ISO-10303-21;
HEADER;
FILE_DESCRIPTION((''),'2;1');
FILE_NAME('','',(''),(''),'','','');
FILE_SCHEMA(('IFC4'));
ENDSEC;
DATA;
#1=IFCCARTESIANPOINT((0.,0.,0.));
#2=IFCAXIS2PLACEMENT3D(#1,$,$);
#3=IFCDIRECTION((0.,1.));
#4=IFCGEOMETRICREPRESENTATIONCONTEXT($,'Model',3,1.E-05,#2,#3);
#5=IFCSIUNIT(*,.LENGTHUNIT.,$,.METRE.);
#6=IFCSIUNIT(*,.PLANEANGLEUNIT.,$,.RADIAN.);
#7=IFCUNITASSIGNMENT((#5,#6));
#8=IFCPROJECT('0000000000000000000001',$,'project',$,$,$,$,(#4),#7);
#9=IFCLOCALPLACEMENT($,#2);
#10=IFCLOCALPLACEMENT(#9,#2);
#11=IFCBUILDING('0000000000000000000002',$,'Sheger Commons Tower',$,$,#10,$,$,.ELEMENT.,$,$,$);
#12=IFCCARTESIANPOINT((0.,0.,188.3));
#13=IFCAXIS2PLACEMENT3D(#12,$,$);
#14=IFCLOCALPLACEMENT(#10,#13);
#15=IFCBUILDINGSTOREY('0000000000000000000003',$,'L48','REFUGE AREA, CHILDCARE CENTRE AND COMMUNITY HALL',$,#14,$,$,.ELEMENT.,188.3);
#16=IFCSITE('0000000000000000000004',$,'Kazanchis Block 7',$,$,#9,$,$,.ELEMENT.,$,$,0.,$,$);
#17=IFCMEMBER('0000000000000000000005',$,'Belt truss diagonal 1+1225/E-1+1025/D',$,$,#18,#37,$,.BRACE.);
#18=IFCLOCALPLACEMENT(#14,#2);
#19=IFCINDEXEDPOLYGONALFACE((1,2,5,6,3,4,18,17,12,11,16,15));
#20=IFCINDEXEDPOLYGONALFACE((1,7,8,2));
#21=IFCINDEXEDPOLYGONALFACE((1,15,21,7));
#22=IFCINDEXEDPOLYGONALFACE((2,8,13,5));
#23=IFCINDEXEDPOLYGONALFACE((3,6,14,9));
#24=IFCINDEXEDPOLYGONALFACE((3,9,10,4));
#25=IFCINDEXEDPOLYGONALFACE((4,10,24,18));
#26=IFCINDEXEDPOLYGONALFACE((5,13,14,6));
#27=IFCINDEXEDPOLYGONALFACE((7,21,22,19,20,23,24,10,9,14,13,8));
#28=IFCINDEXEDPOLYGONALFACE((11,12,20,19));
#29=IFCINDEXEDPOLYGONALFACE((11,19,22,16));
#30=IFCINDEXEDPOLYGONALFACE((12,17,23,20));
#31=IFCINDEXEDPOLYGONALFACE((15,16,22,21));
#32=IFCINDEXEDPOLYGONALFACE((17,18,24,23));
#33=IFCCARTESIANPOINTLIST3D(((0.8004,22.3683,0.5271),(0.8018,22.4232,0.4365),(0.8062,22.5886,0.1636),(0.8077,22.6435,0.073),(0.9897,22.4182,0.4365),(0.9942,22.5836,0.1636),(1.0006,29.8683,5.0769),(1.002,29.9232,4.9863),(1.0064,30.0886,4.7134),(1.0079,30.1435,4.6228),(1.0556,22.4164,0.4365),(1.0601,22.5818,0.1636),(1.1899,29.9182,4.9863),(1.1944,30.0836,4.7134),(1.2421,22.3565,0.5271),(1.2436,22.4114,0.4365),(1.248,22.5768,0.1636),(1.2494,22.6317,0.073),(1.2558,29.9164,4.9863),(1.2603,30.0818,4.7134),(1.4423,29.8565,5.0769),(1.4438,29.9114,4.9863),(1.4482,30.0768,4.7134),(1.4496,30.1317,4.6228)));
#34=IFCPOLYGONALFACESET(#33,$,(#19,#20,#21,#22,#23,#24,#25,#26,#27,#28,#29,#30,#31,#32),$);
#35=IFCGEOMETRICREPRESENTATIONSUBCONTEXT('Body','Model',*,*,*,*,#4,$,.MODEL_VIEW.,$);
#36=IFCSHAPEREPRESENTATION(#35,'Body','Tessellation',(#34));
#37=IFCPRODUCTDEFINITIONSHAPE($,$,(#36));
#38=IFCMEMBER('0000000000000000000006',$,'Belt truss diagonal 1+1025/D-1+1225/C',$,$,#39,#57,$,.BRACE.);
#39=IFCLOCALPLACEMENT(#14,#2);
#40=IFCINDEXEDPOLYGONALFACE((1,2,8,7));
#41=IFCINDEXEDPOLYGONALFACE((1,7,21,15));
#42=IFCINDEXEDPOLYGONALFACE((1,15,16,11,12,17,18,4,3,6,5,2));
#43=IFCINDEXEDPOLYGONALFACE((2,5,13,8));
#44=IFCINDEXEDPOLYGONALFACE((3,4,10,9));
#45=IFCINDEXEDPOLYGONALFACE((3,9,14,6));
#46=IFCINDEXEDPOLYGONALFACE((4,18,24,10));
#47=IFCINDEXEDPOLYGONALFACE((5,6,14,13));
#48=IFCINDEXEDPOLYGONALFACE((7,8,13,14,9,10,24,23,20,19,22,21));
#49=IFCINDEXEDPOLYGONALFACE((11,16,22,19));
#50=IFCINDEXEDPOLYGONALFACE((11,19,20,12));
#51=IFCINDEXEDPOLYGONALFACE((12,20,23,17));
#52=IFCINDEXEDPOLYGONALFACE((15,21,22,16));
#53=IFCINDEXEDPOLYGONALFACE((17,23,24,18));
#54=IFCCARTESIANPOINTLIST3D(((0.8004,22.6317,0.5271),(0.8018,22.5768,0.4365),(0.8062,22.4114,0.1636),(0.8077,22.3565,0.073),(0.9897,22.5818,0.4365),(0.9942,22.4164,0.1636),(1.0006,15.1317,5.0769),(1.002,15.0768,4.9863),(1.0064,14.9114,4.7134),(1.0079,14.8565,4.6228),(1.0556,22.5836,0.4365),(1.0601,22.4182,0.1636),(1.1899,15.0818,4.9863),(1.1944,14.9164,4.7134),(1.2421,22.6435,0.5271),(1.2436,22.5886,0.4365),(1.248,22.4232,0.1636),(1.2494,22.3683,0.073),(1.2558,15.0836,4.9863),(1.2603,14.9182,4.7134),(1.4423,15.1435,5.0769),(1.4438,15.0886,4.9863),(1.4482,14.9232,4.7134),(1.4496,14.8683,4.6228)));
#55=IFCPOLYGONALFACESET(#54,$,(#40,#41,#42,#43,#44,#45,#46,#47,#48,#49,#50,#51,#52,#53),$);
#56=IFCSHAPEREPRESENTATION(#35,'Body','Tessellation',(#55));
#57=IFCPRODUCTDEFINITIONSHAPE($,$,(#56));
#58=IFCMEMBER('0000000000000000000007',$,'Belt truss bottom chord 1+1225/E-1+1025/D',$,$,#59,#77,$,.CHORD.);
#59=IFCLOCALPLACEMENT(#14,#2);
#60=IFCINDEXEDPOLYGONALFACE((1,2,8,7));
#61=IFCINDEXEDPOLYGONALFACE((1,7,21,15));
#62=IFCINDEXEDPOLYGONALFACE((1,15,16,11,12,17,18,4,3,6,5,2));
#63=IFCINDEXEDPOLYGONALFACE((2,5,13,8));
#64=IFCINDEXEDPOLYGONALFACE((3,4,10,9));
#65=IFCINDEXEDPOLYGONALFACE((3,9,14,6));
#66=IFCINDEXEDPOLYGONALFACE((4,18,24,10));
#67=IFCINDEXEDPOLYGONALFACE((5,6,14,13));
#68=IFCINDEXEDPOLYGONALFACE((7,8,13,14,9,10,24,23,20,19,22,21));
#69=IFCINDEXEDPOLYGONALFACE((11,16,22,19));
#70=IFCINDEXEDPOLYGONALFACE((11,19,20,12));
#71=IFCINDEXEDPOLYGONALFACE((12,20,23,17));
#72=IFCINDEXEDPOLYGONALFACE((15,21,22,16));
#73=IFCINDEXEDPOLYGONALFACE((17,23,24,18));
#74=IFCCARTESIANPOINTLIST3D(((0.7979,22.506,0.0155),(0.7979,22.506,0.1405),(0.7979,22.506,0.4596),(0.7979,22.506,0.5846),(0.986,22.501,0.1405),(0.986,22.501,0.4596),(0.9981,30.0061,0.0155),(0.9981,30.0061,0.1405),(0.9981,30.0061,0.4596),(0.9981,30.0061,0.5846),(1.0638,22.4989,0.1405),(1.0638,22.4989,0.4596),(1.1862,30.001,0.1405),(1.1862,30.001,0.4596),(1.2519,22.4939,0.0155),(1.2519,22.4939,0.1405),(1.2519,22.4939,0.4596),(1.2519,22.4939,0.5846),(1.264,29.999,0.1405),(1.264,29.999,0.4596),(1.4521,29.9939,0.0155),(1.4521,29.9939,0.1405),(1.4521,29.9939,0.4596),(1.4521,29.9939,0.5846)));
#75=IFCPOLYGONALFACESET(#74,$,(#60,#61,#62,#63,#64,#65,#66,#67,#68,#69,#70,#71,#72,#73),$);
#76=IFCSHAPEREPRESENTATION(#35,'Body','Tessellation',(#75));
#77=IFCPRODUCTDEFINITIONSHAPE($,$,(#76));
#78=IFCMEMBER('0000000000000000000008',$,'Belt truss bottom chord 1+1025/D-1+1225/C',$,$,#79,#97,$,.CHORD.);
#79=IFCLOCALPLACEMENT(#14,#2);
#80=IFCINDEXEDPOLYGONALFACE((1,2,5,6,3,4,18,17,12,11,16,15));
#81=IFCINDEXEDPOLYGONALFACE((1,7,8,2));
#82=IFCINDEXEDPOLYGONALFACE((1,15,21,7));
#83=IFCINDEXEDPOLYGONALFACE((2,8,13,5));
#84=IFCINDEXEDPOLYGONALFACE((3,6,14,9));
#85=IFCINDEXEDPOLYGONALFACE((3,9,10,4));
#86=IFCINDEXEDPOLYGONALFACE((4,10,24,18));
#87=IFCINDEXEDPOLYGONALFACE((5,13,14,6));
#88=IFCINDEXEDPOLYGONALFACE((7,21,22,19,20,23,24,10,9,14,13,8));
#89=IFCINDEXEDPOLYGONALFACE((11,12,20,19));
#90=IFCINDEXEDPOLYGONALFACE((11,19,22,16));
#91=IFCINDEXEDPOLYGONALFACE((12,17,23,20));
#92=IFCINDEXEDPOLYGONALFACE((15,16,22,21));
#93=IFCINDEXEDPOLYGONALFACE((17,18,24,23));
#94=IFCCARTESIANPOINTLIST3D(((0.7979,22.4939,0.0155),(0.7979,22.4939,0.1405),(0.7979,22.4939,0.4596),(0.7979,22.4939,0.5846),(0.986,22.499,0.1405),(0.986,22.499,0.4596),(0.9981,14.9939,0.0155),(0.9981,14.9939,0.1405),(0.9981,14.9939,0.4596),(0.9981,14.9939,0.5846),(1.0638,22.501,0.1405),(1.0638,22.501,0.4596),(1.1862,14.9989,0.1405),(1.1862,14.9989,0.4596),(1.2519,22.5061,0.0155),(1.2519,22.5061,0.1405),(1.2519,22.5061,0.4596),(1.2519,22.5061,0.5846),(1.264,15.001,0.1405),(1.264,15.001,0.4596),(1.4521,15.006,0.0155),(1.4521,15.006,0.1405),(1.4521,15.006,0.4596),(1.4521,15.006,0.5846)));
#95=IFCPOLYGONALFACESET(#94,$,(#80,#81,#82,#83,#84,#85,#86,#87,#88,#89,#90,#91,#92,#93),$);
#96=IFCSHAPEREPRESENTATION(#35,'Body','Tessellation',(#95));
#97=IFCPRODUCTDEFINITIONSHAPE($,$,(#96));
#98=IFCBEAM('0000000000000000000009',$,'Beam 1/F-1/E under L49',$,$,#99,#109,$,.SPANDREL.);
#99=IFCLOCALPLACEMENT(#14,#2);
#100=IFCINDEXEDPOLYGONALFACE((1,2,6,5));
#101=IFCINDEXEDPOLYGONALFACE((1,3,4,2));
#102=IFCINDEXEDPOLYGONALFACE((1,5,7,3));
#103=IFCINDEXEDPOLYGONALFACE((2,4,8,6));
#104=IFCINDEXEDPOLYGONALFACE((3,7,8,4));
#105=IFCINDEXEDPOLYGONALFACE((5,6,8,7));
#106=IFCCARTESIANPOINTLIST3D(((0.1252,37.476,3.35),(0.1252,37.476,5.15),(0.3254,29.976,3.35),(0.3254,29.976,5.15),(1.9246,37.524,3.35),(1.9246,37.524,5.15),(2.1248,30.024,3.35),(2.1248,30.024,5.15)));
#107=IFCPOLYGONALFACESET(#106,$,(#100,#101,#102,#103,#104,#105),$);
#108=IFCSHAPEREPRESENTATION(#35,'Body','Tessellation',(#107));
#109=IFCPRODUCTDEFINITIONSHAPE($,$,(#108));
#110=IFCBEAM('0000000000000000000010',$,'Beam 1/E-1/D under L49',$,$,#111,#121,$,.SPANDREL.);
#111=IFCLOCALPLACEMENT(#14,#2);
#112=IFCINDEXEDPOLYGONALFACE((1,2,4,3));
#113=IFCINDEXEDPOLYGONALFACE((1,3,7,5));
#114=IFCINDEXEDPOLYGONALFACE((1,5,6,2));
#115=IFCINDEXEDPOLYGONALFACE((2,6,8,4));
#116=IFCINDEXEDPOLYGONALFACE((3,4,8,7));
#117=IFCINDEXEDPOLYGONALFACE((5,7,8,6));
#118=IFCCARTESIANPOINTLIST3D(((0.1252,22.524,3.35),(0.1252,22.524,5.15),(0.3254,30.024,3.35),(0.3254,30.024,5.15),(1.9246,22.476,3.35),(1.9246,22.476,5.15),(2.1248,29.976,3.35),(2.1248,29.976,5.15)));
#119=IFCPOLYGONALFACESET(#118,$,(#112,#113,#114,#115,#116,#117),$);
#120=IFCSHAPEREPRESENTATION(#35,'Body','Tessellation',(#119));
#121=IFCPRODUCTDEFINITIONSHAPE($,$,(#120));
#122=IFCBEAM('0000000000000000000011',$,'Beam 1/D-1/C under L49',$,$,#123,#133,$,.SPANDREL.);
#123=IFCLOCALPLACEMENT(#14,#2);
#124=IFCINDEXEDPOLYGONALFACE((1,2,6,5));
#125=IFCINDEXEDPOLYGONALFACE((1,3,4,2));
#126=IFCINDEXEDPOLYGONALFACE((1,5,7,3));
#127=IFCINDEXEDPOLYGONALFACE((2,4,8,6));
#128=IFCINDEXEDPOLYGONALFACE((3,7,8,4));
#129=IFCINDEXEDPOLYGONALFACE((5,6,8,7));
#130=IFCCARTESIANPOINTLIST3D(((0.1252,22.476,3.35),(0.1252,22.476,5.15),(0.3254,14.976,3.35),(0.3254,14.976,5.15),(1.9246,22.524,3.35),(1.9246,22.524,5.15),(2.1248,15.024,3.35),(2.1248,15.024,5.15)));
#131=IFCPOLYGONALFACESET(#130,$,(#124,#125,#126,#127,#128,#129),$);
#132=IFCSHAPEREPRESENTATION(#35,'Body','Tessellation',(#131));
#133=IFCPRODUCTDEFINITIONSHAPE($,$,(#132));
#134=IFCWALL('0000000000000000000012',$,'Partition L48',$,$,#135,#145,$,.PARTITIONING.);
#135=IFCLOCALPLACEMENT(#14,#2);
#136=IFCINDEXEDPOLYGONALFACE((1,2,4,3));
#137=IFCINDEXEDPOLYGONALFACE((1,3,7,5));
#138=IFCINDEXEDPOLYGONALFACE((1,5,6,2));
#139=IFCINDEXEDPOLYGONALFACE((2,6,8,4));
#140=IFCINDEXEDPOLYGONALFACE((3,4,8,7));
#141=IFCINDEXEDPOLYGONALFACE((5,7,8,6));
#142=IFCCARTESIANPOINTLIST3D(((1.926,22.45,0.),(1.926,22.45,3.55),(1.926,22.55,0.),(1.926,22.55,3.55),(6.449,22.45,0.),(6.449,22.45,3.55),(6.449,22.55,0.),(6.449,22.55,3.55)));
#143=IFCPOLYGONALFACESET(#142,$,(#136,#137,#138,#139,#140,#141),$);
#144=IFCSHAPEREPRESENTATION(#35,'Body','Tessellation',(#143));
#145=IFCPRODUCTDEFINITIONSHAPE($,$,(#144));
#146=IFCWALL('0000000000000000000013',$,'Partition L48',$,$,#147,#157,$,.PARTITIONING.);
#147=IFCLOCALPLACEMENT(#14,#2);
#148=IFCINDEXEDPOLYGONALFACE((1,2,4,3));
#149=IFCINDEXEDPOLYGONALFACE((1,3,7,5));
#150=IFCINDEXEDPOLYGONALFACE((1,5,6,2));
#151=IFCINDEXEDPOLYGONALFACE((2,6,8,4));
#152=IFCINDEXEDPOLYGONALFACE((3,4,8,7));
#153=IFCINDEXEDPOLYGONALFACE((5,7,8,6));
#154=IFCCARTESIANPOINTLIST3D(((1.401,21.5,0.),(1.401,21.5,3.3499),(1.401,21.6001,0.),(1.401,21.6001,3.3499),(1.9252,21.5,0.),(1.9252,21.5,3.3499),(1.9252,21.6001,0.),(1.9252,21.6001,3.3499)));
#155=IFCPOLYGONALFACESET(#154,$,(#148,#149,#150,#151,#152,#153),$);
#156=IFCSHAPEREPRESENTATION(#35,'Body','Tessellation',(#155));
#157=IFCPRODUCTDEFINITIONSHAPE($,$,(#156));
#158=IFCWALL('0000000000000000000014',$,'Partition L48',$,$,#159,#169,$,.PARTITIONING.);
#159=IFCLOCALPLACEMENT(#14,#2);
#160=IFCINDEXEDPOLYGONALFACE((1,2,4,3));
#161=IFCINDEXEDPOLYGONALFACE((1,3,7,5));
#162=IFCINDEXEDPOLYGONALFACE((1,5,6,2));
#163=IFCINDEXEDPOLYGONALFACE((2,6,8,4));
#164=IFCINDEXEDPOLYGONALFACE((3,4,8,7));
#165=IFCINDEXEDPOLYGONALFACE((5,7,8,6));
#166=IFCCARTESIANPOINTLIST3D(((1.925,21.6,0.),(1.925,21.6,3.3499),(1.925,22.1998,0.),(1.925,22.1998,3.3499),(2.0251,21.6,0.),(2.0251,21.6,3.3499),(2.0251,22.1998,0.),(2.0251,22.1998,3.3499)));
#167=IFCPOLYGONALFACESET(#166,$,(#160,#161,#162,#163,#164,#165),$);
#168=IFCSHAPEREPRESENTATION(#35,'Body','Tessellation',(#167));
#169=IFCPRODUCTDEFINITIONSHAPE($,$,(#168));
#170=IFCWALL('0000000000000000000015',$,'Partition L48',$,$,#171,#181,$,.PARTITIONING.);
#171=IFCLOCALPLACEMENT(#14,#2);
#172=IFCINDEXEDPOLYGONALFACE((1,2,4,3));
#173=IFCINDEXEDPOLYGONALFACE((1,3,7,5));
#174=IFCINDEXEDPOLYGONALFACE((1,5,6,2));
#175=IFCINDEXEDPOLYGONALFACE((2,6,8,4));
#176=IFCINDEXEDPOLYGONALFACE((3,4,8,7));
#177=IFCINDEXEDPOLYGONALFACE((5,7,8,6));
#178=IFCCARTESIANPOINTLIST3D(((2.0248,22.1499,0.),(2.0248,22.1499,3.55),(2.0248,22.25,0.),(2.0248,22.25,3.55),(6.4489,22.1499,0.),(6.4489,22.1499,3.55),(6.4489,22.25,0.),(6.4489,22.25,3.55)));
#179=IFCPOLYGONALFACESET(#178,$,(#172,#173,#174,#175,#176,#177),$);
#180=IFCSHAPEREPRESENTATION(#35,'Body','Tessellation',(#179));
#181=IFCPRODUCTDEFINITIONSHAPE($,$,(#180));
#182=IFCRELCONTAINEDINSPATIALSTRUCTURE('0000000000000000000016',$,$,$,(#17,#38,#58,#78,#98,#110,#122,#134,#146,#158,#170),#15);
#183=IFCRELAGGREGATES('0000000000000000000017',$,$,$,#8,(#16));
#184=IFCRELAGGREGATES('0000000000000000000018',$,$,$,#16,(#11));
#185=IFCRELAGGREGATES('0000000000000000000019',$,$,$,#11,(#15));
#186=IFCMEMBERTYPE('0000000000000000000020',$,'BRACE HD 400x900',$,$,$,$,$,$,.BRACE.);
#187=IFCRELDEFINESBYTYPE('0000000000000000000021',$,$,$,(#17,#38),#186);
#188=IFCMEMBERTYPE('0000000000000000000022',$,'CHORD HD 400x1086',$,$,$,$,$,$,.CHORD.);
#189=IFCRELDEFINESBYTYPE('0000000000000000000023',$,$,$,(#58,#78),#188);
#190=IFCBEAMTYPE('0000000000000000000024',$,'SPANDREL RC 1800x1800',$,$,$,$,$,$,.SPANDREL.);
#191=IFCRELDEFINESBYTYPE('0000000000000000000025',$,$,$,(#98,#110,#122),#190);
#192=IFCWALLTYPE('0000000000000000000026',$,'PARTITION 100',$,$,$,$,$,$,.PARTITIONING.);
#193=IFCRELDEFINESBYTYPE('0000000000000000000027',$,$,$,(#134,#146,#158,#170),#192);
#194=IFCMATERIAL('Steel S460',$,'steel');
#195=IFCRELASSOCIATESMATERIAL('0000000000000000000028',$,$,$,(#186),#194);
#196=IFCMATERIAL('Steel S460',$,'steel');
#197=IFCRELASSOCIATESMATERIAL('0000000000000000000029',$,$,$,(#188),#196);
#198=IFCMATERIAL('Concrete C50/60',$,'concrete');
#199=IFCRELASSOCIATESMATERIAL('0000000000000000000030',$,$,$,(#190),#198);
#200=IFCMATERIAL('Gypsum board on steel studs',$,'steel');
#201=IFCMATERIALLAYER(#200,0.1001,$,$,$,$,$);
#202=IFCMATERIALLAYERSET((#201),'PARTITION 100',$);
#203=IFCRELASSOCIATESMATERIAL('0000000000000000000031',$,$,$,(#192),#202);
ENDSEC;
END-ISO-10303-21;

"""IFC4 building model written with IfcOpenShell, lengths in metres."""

from ifc_helpers import new_model, si_unit, direction, frame, frame_2d, origin, origin_2d, place, context, subcontext, project, spatial, rectangle, i_section, extrude, material, layer, layer_set, material_profile, profile_set, type_object, element, save


model = new_model("IFC4")

# Units and contexts
model_context = context("Model", 3, precision=1e-05, world=origin(), true_north=direction((0.0, 1.0)))
body_context = subcontext(model_context, "Body", "Model", "MODEL_VIEW")
ifc_project = project(units=[si_unit("LENGTHUNIT", "METRE"), si_unit("PLANEANGLEUNIT", "RADIAN")], contexts=[model_context])

# Site, building, storey
site_placement = place(None, origin())
site = spatial("IfcSite", under=ifc_project, at=site_placement, Name="Kazanchis Block 7", CompositionType="ELEMENT", RefElevation=0.0)
building_placement = place(site_placement, origin())
building = spatial("IfcBuilding", under=site, at=building_placement, Name="Sheger Commons Tower", CompositionType="ELEMENT")
storey_placement = place(building_placement, frame((0.0, 0.0, 188.3)))
storey = spatial("IfcBuildingStorey", under=building, at=storey_placement, Name="L48", Description="REFUGE AREA, CHILDCARE CENTRE AND COMMUNITY HALL", CompositionType="ELEMENT", Elevation=188.3)

# Members
ifc_material_1 = material(Name="Steel S460", Category="steel")
ifc_material_profile_1 = material_profile(ifc_material_1, i_section(OverallWidth=0.4419, OverallDepth=0.531, WebThickness=0.0659, FlangeThickness=0.106, at=origin_2d()), Name="HD 400x900")
ifc_profile_set_1 = profile_set([ifc_material_profile_1], Name="Steel S460")
member_type_1 = type_object("IfcMemberType", Name="BRACE HD 400x900", PredefinedType="BRACE", material=ifc_profile_set_1)
for number, where, z_axis, x_axis, name in (
    (1, (1.0249, 22.5, 0.3), (0.022816, 0.854755, 0.518529), (-0.999644, 0.026683, 0.0), "Belt truss diagonal 1+1225/E-1+1025/D"),
    (2, (1.0249, 22.5, 0.3), (0.022816, -0.854755, 0.518529), (0.999644, 0.026683, 0.0), "Belt truss diagonal 1+1025/D-1+1225/C"),
):
    element("IfcMember", number, at=place(storey_placement, frame(where, z_axis=z_axis, x_axis=x_axis)), inside=storey, type_object=member_type_1, Name=name, PredefinedType="BRACE", context=body_context, shape_type="SweptSolid", body=[
        extrude(i_section(OverallWidth=0.4419, OverallDepth=0.531, WebThickness=0.0659, FlangeThickness=0.106, at=origin_2d()), origin(), (0.0, 0.0, 1.0), 8.7744),
    ])
ifc_material_2 = material(Name="Steel S460", Category="steel")
ifc_material_profile_2 = material_profile(ifc_material_2, i_section(OverallWidth=0.4541, OverallDepth=0.5691, WebThickness=0.0779, FlangeThickness=0.125, at=origin_2d()), Name="HD 400x1086")
ifc_profile_set_2 = profile_set([ifc_material_profile_2], Name="Steel S460")
member_type_2 = type_object("IfcMemberType", Name="CHORD HD 400x1086", PredefinedType="CHORD", material=ifc_profile_set_2)
for number, where, z_axis, x_axis, name in (
    (3, (1.2251, 30.0, 0.3), (-0.026683, -0.999644, 0.0), (0.999644, -0.026683, 0.0), "Belt truss bottom chord 1+1225/E-1+1025/D"),
    (4, (1.0249, 22.5, 0.3), (0.026683, -0.999644, 0.0), (0.999644, 0.026683, 0.0), "Belt truss bottom chord 1+1025/D-1+1225/C"),
):
    element("IfcMember", number, at=place(storey_placement, frame(where, z_axis=z_axis, x_axis=x_axis)), inside=storey, type_object=member_type_2, Name=name, PredefinedType="CHORD", context=body_context, shape_type="SweptSolid", body=[
        extrude(i_section(OverallWidth=0.4541, OverallDepth=0.5691, WebThickness=0.0779, FlangeThickness=0.125, at=origin_2d()), origin(), (0.0, 0.0, 1.0), 7.5027),
    ])

# Beams
ifc_material_3 = material(Name="Concrete C50/60", Category="concrete")
ifc_material_profile_3 = material_profile(ifc_material_3, rectangle(XDim=1.8, YDim=1.8, at=origin_2d()), Name="RC 1800x1800")
ifc_profile_set_3 = profile_set([ifc_material_profile_3], Name="Concrete C50/60")
beam_type_1 = type_object("IfcBeamType", Name="SPANDREL RC 1800x1800", PredefinedType="SPANDREL", material=ifc_profile_set_3)
for number, where, z_axis, x_axis, name in (
    (5, (1.0249, 37.5, 4.25), (0.026683, -0.999644, 0.0), (0.999644, 0.026683, 0.0), "Beam 1/F-1/E under L49"),
    (6, (1.2251, 30.0, 4.25), (-0.026683, -0.999644, 0.0), (0.999644, -0.026683, 0.0), "Beam 1/E-1/D under L49"),
    (7, (1.0249, 22.5, 4.25), (0.026683, -0.999644, 0.0), (0.999644, 0.026683, 0.0), "Beam 1/D-1/C under L49"),
):
    element("IfcBeam", number, at=place(storey_placement, frame(where, z_axis=z_axis, x_axis=x_axis)), inside=storey, type_object=beam_type_1, Name=name, PredefinedType="SPANDREL", context=body_context, shape_type="SweptSolid", body=[
        extrude(rectangle(XDim=1.8, YDim=1.8, at=origin_2d()), origin(), (0.0, 0.0, 1.0), 7.5027),
    ])

# Walls
ifc_material_4 = material(Name="Gypsum board on steel studs", Category="steel")
ifc_layer = layer(ifc_material_4, 0.1001)
ifc_layer_set = layer_set([ifc_layer], Name="PARTITION 100")
wall_type = type_object("IfcWallType", Name="PARTITION 100", PredefinedType="PARTITIONING", material=ifc_layer_set)
wall_1_placement = place(storey_placement, frame((1.926, 22.5, 0.0), z_axis=(0.0, 0.0, 1.0), x_axis=(1.0, 0.0, 0.0)))
element("IfcWall", 8, at=wall_1_placement, inside=storey, type_object=wall_type, Name="Partition L48", PredefinedType="PARTITIONING", context=body_context, shape_type="SweptSolid", body=[
    extrude(rectangle(XDim=4.5229, YDim=0.1001, at=frame_2d((2.2615, 0.0))), origin(), (0.0, 0.0, 1.0), 3.55),
])
wall_2_placement = place(storey_placement, frame((1.4009, 21.55, 0.0), z_axis=(0.0, 0.0, 1.0), x_axis=(1.0, 0.0, 0.0)))
element("IfcWall", 9, at=wall_2_placement, inside=storey, type_object=wall_type, Name="Partition L48", PredefinedType="PARTITIONING", context=body_context, shape_type="SweptSolid", body=[
    extrude(rectangle(XDim=0.5242, YDim=0.1001, at=frame_2d((0.2622, 0.0))), origin(), (0.0, 0.0, 1.0), 3.3499),
])
wall_3_placement = place(storey_placement, frame((1.9751, 21.6001, 0.0), z_axis=(0.0, 0.0, 1.0), x_axis=(0.0, 1.0, 0.0)))
element("IfcWall", 10, at=wall_3_placement, inside=storey, type_object=wall_type, Name="Partition L48", PredefinedType="PARTITIONING", context=body_context, shape_type="SweptSolid", body=[
    extrude(rectangle(XDim=0.5999, YDim=0.1001, at=frame_2d((0.2998, 0.0))), origin(), (0.0, 0.0, 1.0), 3.3499),
])
wall_4_placement = place(storey_placement, frame((2.0249, 22.2, 0.0), z_axis=(0.0, 0.0, 1.0), x_axis=(1.0, 0.0, 0.0)))
element("IfcWall", 11, at=wall_4_placement, inside=storey, type_object=wall_type, Name="Partition L48", PredefinedType="PARTITIONING", context=body_context, shape_type="SweptSolid", body=[
    extrude(rectangle(XDim=4.4241, YDim=0.1001, at=frame_2d((2.2119, 0.0))), origin(), (0.0, 0.0, 1.0), 3.55),
])

save(model, "model.ifc")
